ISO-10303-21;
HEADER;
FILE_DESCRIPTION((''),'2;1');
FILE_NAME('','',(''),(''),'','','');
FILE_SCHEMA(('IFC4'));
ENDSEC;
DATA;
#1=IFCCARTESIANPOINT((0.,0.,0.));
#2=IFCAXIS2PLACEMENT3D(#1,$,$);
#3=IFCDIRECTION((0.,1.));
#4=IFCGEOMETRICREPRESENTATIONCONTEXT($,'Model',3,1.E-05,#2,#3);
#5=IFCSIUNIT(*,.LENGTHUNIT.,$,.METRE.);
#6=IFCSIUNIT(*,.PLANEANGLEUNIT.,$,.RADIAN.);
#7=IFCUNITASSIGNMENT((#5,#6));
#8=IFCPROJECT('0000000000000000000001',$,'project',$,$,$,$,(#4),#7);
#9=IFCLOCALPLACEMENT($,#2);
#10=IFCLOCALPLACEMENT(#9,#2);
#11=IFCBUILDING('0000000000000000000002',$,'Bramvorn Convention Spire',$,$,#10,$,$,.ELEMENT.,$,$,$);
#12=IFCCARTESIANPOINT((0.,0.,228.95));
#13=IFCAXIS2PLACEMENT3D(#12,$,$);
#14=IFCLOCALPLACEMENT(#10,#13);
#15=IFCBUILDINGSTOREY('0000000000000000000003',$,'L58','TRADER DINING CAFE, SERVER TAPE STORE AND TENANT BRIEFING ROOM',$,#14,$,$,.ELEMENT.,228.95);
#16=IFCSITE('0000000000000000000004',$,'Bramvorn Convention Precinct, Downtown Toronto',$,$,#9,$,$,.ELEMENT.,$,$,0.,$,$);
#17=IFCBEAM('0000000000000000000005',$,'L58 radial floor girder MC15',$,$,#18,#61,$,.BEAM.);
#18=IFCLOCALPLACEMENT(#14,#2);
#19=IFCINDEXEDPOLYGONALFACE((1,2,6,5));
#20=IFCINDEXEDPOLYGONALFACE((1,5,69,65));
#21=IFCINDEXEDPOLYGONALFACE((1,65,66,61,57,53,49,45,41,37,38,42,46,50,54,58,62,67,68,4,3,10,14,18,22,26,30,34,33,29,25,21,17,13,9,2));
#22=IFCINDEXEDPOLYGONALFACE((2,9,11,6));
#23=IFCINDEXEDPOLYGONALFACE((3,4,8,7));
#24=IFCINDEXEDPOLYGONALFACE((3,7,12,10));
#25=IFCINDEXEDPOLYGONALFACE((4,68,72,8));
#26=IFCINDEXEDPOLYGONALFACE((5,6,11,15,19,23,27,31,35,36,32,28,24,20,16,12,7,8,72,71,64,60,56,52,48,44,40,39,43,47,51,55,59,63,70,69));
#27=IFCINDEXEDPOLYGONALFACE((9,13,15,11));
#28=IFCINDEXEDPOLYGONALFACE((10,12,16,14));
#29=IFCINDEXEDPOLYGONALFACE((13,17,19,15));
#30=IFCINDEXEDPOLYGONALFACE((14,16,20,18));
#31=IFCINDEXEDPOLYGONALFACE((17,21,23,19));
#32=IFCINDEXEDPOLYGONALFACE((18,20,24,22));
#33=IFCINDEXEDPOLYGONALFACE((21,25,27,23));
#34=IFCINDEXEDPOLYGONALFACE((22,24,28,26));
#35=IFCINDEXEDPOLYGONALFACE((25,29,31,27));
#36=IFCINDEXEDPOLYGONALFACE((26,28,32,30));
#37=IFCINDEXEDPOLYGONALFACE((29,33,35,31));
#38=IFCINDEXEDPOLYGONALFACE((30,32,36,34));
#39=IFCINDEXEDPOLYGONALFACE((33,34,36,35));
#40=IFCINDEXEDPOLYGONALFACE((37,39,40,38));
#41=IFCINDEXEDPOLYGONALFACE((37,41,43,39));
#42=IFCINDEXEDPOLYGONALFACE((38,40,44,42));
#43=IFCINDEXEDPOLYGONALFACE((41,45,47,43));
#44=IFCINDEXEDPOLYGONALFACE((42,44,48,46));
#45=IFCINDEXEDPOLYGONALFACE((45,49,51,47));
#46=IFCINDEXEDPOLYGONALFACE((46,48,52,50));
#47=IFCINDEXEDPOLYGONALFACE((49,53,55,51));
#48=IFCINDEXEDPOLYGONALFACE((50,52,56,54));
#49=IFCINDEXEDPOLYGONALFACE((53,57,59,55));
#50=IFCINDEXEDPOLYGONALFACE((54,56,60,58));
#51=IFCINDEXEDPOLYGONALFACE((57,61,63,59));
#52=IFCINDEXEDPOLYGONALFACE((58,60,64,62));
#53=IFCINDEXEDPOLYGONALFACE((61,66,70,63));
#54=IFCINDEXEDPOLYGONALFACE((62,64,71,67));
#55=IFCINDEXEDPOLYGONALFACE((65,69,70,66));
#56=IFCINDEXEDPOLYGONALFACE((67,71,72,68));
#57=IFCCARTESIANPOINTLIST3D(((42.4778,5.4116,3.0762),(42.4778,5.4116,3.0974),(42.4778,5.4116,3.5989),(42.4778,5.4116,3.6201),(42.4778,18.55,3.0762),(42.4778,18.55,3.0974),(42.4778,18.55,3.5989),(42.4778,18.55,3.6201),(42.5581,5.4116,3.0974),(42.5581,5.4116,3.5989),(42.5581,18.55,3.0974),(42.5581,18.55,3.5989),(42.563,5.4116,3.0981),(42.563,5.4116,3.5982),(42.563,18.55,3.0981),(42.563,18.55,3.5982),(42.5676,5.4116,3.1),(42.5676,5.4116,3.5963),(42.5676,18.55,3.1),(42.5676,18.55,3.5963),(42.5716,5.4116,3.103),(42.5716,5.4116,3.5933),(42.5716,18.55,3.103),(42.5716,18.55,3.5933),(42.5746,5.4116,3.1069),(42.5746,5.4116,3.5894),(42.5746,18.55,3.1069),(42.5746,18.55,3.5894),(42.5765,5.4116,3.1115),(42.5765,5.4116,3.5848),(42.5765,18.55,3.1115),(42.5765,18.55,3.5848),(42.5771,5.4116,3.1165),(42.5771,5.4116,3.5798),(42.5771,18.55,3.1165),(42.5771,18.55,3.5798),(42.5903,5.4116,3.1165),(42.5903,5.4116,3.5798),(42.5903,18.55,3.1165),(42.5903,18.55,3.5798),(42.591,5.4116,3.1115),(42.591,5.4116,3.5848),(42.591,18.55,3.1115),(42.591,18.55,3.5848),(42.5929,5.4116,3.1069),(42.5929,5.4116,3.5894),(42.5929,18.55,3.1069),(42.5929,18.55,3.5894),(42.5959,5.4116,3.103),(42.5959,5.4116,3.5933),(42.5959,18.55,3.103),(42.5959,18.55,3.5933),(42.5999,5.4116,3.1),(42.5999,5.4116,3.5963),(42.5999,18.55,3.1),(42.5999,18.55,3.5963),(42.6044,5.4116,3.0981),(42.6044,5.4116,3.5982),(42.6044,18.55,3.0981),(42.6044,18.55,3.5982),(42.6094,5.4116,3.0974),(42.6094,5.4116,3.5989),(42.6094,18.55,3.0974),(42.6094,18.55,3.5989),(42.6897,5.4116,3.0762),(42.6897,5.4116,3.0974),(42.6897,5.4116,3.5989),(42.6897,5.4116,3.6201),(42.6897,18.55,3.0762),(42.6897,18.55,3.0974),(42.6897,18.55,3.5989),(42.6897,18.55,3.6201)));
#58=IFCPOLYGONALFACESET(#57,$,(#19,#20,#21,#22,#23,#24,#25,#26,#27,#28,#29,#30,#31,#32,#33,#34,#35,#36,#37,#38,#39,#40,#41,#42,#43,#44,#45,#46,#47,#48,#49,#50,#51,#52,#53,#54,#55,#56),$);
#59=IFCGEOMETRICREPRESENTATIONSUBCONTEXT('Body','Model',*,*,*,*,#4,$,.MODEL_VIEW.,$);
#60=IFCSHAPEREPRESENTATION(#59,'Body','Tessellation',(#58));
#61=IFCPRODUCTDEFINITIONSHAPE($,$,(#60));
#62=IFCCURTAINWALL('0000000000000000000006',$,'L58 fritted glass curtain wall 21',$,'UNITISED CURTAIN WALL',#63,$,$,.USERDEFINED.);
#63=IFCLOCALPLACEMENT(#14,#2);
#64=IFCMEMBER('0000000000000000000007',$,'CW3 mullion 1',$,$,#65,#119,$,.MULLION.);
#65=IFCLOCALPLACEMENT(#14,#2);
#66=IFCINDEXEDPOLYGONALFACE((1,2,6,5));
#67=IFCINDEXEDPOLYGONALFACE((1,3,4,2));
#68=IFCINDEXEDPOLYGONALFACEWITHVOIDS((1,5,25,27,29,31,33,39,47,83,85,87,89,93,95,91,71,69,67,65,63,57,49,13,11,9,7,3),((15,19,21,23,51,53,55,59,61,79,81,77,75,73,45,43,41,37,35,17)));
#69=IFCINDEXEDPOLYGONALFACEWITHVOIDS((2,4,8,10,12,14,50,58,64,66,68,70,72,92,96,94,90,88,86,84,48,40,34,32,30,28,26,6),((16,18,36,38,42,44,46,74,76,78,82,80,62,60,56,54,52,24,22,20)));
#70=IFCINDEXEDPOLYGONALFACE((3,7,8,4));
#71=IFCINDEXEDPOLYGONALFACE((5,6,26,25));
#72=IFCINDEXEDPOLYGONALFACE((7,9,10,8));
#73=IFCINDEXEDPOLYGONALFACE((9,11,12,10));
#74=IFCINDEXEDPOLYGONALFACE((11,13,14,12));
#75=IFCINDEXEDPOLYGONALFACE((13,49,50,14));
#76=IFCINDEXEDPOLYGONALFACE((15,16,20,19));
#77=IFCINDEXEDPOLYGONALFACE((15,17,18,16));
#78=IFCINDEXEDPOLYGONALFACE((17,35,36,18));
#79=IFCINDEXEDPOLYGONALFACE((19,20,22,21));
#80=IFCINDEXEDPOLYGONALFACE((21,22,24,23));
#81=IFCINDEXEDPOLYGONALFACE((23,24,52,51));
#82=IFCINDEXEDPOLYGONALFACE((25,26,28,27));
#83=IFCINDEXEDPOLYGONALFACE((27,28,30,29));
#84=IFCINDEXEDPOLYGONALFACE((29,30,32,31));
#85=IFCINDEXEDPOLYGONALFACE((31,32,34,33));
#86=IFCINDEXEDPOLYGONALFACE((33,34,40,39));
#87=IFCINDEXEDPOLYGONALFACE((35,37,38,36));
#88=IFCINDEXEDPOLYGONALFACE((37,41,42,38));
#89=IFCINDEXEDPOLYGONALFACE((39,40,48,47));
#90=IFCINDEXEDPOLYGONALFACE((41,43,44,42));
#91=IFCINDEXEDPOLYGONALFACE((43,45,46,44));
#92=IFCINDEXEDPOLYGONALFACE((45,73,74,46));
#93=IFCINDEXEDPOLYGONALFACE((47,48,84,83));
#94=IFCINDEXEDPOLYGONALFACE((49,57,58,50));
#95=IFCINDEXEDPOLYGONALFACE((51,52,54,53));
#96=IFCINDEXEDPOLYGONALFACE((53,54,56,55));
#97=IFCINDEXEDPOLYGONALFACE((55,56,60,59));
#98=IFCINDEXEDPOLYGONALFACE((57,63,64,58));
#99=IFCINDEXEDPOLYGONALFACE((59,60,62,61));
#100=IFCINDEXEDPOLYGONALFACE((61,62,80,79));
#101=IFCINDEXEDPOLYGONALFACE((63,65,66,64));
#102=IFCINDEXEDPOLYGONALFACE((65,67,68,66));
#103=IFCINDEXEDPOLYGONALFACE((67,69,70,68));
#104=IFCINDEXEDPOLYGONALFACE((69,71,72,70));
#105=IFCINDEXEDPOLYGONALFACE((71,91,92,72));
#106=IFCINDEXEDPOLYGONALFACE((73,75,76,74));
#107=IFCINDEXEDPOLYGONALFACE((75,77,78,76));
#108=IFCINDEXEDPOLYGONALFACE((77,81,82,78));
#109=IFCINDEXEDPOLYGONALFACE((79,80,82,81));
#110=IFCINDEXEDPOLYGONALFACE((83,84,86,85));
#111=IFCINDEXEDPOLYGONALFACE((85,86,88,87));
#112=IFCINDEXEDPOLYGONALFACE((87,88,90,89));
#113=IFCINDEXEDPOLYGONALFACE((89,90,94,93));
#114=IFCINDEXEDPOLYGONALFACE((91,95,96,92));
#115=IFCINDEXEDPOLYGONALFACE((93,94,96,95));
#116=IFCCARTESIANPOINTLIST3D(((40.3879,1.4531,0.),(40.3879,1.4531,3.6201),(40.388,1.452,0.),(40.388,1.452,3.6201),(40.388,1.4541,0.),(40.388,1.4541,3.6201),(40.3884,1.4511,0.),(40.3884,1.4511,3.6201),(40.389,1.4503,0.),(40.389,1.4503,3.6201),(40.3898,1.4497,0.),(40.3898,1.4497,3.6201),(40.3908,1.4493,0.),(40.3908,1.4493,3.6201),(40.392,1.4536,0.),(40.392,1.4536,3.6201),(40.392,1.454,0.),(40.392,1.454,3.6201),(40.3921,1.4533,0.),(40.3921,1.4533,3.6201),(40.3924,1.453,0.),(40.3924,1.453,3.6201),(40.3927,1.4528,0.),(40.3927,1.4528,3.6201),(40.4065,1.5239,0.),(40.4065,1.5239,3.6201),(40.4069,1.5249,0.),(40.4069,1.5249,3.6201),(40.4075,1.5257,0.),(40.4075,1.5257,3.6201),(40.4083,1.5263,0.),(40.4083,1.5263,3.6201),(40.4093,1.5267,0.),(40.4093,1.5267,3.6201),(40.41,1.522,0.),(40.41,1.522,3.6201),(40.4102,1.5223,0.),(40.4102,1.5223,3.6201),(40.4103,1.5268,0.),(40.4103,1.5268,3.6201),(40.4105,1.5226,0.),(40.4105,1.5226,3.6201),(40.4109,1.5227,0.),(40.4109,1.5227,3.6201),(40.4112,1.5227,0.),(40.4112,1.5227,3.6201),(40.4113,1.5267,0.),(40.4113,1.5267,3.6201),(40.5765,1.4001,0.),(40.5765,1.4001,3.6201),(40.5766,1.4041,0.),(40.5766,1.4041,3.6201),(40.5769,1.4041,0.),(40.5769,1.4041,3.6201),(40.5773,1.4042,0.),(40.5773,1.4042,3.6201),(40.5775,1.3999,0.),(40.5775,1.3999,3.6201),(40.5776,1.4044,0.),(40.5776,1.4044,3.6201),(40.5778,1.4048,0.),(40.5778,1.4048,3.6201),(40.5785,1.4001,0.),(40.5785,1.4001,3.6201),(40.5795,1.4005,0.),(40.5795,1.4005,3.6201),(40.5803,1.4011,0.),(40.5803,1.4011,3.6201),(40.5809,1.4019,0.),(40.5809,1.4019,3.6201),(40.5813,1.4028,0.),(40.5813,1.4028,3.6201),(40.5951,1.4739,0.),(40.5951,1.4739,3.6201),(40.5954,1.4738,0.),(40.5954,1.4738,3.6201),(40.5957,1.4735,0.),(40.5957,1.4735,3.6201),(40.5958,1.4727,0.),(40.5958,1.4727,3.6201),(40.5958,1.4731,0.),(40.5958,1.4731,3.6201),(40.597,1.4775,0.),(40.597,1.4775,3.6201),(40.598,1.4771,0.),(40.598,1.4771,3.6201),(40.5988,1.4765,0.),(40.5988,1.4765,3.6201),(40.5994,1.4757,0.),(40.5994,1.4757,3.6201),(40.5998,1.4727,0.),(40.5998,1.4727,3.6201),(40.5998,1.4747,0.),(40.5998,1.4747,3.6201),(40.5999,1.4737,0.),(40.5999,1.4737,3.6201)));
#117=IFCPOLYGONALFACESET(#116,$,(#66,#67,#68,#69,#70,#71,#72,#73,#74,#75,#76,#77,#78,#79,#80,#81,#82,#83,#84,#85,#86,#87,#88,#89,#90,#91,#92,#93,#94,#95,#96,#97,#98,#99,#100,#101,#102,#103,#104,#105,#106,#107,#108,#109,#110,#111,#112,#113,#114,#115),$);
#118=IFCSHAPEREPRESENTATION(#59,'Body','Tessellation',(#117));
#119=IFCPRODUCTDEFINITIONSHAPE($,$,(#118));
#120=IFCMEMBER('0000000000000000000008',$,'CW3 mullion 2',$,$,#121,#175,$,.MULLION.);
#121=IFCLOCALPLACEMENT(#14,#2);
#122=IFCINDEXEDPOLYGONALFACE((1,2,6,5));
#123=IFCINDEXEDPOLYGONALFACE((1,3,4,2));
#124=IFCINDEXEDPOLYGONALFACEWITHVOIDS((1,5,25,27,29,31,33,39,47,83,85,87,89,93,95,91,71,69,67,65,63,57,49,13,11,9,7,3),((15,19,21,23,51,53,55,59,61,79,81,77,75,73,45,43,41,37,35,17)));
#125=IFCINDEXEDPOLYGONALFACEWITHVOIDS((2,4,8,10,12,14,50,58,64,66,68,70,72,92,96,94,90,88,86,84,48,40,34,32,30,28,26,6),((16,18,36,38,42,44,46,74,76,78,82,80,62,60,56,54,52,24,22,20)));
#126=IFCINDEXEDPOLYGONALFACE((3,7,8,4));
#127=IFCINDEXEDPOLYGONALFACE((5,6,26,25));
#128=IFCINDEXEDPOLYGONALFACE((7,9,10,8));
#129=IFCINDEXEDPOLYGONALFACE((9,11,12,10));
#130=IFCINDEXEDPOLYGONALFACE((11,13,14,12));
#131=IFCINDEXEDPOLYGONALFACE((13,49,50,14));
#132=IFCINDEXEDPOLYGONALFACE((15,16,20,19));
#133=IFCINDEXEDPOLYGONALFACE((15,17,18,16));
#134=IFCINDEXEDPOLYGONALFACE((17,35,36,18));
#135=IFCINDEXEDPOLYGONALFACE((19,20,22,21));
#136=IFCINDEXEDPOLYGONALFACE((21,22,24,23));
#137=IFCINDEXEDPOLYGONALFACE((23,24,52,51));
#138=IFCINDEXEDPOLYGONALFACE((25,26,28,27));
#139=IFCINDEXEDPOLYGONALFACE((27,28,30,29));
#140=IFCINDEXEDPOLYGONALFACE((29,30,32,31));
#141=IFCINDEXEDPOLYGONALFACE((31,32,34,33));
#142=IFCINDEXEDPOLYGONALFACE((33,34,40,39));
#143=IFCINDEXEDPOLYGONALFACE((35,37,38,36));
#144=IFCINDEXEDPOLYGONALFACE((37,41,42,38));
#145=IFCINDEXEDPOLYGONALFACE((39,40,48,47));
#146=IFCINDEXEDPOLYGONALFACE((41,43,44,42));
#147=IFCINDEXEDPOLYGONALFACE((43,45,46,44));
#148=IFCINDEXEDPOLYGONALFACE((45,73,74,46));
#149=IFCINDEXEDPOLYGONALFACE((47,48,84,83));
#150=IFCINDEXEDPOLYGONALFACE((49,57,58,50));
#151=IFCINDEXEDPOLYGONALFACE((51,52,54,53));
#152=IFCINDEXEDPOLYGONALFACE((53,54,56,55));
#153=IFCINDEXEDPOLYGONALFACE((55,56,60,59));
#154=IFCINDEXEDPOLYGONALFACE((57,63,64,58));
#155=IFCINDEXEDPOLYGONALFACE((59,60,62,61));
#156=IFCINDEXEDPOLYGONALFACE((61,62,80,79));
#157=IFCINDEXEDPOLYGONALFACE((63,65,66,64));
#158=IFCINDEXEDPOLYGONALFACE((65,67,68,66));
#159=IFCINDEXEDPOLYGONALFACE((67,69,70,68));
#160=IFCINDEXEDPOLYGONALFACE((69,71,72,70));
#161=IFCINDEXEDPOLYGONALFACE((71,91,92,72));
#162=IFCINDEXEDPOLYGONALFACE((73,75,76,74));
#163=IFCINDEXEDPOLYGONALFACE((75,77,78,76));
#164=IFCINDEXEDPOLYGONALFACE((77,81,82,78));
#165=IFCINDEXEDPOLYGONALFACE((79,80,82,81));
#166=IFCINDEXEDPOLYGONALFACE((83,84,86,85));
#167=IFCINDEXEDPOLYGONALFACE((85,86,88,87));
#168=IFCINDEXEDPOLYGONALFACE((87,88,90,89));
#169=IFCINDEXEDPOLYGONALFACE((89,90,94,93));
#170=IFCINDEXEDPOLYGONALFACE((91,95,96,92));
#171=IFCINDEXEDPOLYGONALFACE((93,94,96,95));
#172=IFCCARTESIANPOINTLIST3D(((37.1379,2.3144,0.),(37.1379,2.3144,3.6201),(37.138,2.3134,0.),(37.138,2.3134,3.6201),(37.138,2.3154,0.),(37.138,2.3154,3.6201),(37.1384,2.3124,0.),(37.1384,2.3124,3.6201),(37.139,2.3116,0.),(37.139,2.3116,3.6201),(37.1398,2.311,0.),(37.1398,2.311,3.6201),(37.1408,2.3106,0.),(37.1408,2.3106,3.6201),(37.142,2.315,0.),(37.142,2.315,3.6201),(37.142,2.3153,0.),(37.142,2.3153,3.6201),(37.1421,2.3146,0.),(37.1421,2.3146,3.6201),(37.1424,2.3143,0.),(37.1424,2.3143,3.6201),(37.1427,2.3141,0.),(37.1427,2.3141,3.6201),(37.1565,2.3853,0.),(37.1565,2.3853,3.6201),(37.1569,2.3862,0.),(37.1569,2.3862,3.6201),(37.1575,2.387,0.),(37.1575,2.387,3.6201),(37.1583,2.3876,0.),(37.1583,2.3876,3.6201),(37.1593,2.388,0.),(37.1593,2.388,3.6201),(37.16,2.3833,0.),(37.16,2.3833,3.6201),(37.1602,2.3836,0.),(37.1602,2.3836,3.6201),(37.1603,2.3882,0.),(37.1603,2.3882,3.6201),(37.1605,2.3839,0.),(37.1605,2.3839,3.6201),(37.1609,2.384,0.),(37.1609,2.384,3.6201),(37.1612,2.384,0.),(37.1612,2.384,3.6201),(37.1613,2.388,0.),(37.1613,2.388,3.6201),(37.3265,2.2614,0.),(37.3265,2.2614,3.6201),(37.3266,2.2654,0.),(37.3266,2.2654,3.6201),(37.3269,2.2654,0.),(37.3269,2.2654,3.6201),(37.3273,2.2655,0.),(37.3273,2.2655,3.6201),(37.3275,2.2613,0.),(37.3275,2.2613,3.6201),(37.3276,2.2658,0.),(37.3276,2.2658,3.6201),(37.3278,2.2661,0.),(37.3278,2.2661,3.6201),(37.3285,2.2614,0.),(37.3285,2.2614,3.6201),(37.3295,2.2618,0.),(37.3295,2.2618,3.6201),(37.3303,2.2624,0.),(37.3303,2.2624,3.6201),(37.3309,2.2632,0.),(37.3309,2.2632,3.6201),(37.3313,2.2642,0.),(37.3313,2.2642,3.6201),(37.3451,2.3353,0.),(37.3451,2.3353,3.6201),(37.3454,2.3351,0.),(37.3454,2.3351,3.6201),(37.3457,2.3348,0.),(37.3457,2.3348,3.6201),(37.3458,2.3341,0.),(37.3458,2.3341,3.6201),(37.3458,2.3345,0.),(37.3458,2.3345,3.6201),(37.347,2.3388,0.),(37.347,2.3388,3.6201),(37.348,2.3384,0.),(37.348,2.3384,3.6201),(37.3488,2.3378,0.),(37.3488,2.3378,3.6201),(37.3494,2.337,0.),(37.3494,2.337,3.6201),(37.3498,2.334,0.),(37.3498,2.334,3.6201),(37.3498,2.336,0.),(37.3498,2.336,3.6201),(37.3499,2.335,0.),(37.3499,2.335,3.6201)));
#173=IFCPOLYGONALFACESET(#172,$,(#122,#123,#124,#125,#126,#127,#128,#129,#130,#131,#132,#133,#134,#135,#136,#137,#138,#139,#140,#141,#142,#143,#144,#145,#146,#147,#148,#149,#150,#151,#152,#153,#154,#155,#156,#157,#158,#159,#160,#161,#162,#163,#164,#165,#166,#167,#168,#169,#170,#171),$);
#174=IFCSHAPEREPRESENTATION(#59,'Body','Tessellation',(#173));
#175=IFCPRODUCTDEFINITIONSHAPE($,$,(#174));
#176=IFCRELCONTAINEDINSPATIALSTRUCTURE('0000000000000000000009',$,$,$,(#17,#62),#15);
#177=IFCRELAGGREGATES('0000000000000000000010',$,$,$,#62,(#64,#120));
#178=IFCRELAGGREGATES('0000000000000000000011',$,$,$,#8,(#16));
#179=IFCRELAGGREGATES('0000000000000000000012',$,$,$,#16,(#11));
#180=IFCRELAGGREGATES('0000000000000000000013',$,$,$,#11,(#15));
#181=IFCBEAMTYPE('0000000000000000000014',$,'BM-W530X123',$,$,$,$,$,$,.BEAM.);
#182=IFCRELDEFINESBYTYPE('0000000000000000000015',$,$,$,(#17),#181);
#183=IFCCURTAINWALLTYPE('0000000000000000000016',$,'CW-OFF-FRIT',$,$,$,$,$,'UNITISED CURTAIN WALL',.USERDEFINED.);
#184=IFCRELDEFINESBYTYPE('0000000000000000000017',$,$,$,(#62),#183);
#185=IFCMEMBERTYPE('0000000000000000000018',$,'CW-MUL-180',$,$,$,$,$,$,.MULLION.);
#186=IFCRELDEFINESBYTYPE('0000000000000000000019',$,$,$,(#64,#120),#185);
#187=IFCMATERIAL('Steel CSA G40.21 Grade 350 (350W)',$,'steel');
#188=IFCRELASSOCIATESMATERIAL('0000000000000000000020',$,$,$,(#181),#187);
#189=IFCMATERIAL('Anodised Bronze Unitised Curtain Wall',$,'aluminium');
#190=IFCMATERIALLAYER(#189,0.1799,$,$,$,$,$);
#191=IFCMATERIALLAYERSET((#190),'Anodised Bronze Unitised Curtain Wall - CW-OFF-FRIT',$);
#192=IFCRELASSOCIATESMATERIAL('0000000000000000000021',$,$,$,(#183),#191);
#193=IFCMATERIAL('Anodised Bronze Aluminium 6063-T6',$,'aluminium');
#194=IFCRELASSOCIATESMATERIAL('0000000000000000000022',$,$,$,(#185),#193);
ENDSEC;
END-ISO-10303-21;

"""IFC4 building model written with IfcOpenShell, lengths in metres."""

from ifc_helpers import new_model, si_unit, direction, frame, origin, origin_2d, place, context, subcontext, project, spatial, hollow_rectangle, i_section, extrude, material, layer, layer_set, material_profile, profile_set, type_object, element, aggregate, save


model = new_model("IFC4")

# Units and contexts
model_context = context("Model", 3, precision=1e-05, world=origin(), true_north=direction((0.0, 1.0)))
body_context = subcontext(model_context, "Body", "Model", "MODEL_VIEW")
ifc_project = project(units=[si_unit("LENGTHUNIT", "METRE"), si_unit("PLANEANGLEUNIT", "RADIAN")], contexts=[model_context])

# Site, building, storey
site_placement = place(None, origin())
site = spatial("IfcSite", under=ifc_project, at=site_placement, Name="Bramvorn Convention Precinct, Downtown Toronto", CompositionType="ELEMENT", RefElevation=0.0)
building_placement = place(site_placement, origin())
building = spatial("IfcBuilding", under=site, at=building_placement, Name="Bramvorn Convention Spire", CompositionType="ELEMENT")
storey_placement = place(building_placement, frame((0.0, 0.0, 228.95)))
storey = spatial("IfcBuildingStorey", under=building, at=storey_placement, Name="L58", Description="TRADER DINING CAFE, SERVER TAPE STORE AND TENANT BRIEFING ROOM", CompositionType="ELEMENT", Elevation=228.95)

# Shared definitions
ifc_material_1 = material(Name="Steel CSA G40.21 Grade 350 (350W)", Category="steel")

# Beam
ifc_material_profile_1 = material_profile(ifc_material_1, i_section(OverallWidth=0.2119, OverallDepth=0.5439, WebThickness=0.0132, FlangeThickness=0.0212, FilletRadius=0.019, at=origin_2d()))
ifc_profile_set_1 = profile_set([ifc_material_profile_1], Name="Steel CSA G40.21 Grade 350 (350W) - W530X123")
beam_type_1 = type_object("IfcBeamType", Name="BM-W530X123", PredefinedType="BEAM", material=ifc_profile_set_1)
beam_1_placement = place(storey_placement, frame((42.5837, 18.55, 3.3481), z_axis=(0.0, -1.0, 0.0), x_axis=(1.0, 0.0, 0.0)))
element("IfcBeam", 1, at=beam_1_placement, inside=storey, type_object=beam_type_1, Name="L58 radial floor girder MC15", PredefinedType="BEAM", context=body_context, shape_type="SweptSolid", body=[
    extrude(i_section(OverallWidth=0.2119, OverallDepth=0.5439, WebThickness=0.0132, FlangeThickness=0.0212, FilletRadius=0.019, at=origin_2d()), origin(), (0.0, 0.0, 1.0), 13.1384),
])

# Curtain wall, members
ifc_material_2 = material(Name="Anodised Bronze Unitised Curtain Wall", Category="aluminium")
ifc_layer_1 = layer(ifc_material_2, 0.1799)
ifc_layer_set_1 = layer_set([ifc_layer_1], Name="Anodised Bronze Unitised Curtain Wall - CW-OFF-FRIT")
curtain_wall_type = type_object("IfcCurtainWallType", Name="CW-OFF-FRIT", ElementType="UNITISED CURTAIN WALL", PredefinedType="USERDEFINED", material=ifc_layer_set_1)
curtain_wall_placement = place(storey_placement, origin())
curtain_wall = element("IfcCurtainWall", 2, at=curtain_wall_placement, inside=storey, type_object=curtain_wall_type, Name="L58 fritted glass curtain wall 21", ObjectType="UNITISED CURTAIN WALL", PredefinedType="USERDEFINED")
ifc_material_3 = material(Name="Anodised Bronze Aluminium 6063-T6", Category="aluminium")
ifc_material_profile_2 = material_profile(ifc_material_3, hollow_rectangle(XDim=0.0801, YDim=0.2, WallThickness=0.0039, InnerFilletRadius=0.001, OuterFilletRadius=0.0039, at=origin_2d()))
ifc_profile_set_2 = profile_set([ifc_material_profile_2], Name="Anodised Bronze Aluminium 6063-T6 - CWM80X200")
member_type_1 = type_object("IfcMemberType", Name="CW-MUL-180", PredefinedType="MULLION", material=ifc_profile_set_2)
member_1_placement = place(storey_placement, frame((40.4939, 1.4634, 0.0), z_axis=(0.0, 0.0, 1.0), x_axis=(-0.256231, -0.966616, 0.0)))
member_1 = element("IfcMember", 3, at=member_1_placement, type_object=member_type_1, Name="CW3 mullion 1", PredefinedType="MULLION", context=body_context, shape_type="SweptSolid", body=[
    extrude(hollow_rectangle(XDim=0.0801, YDim=0.2, WallThickness=0.0039, InnerFilletRadius=0.001, OuterFilletRadius=0.0039, at=origin_2d()), origin(), (0.0, 0.0, 1.0), 3.6201),
])
member_2_placement = place(storey_placement, frame((37.2439, 2.3247, 0.0), z_axis=(0.0, 0.0, 1.0), x_axis=(-0.256231, -0.966616, 0.0)))
member_2 = element("IfcMember", 4, at=member_2_placement, type_object=member_type_1, Name="CW3 mullion 2", PredefinedType="MULLION", context=body_context, shape_type="SweptSolid", body=[
    extrude(hollow_rectangle(XDim=0.0801, YDim=0.2, WallThickness=0.0039, InnerFilletRadius=0.001, OuterFilletRadius=0.0039, at=origin_2d()), origin(), (0.0, 0.0, 1.0), 3.6201),
])
aggregate(curtain_wall, [member_1, member_2])

save(model, "model.ifc")
